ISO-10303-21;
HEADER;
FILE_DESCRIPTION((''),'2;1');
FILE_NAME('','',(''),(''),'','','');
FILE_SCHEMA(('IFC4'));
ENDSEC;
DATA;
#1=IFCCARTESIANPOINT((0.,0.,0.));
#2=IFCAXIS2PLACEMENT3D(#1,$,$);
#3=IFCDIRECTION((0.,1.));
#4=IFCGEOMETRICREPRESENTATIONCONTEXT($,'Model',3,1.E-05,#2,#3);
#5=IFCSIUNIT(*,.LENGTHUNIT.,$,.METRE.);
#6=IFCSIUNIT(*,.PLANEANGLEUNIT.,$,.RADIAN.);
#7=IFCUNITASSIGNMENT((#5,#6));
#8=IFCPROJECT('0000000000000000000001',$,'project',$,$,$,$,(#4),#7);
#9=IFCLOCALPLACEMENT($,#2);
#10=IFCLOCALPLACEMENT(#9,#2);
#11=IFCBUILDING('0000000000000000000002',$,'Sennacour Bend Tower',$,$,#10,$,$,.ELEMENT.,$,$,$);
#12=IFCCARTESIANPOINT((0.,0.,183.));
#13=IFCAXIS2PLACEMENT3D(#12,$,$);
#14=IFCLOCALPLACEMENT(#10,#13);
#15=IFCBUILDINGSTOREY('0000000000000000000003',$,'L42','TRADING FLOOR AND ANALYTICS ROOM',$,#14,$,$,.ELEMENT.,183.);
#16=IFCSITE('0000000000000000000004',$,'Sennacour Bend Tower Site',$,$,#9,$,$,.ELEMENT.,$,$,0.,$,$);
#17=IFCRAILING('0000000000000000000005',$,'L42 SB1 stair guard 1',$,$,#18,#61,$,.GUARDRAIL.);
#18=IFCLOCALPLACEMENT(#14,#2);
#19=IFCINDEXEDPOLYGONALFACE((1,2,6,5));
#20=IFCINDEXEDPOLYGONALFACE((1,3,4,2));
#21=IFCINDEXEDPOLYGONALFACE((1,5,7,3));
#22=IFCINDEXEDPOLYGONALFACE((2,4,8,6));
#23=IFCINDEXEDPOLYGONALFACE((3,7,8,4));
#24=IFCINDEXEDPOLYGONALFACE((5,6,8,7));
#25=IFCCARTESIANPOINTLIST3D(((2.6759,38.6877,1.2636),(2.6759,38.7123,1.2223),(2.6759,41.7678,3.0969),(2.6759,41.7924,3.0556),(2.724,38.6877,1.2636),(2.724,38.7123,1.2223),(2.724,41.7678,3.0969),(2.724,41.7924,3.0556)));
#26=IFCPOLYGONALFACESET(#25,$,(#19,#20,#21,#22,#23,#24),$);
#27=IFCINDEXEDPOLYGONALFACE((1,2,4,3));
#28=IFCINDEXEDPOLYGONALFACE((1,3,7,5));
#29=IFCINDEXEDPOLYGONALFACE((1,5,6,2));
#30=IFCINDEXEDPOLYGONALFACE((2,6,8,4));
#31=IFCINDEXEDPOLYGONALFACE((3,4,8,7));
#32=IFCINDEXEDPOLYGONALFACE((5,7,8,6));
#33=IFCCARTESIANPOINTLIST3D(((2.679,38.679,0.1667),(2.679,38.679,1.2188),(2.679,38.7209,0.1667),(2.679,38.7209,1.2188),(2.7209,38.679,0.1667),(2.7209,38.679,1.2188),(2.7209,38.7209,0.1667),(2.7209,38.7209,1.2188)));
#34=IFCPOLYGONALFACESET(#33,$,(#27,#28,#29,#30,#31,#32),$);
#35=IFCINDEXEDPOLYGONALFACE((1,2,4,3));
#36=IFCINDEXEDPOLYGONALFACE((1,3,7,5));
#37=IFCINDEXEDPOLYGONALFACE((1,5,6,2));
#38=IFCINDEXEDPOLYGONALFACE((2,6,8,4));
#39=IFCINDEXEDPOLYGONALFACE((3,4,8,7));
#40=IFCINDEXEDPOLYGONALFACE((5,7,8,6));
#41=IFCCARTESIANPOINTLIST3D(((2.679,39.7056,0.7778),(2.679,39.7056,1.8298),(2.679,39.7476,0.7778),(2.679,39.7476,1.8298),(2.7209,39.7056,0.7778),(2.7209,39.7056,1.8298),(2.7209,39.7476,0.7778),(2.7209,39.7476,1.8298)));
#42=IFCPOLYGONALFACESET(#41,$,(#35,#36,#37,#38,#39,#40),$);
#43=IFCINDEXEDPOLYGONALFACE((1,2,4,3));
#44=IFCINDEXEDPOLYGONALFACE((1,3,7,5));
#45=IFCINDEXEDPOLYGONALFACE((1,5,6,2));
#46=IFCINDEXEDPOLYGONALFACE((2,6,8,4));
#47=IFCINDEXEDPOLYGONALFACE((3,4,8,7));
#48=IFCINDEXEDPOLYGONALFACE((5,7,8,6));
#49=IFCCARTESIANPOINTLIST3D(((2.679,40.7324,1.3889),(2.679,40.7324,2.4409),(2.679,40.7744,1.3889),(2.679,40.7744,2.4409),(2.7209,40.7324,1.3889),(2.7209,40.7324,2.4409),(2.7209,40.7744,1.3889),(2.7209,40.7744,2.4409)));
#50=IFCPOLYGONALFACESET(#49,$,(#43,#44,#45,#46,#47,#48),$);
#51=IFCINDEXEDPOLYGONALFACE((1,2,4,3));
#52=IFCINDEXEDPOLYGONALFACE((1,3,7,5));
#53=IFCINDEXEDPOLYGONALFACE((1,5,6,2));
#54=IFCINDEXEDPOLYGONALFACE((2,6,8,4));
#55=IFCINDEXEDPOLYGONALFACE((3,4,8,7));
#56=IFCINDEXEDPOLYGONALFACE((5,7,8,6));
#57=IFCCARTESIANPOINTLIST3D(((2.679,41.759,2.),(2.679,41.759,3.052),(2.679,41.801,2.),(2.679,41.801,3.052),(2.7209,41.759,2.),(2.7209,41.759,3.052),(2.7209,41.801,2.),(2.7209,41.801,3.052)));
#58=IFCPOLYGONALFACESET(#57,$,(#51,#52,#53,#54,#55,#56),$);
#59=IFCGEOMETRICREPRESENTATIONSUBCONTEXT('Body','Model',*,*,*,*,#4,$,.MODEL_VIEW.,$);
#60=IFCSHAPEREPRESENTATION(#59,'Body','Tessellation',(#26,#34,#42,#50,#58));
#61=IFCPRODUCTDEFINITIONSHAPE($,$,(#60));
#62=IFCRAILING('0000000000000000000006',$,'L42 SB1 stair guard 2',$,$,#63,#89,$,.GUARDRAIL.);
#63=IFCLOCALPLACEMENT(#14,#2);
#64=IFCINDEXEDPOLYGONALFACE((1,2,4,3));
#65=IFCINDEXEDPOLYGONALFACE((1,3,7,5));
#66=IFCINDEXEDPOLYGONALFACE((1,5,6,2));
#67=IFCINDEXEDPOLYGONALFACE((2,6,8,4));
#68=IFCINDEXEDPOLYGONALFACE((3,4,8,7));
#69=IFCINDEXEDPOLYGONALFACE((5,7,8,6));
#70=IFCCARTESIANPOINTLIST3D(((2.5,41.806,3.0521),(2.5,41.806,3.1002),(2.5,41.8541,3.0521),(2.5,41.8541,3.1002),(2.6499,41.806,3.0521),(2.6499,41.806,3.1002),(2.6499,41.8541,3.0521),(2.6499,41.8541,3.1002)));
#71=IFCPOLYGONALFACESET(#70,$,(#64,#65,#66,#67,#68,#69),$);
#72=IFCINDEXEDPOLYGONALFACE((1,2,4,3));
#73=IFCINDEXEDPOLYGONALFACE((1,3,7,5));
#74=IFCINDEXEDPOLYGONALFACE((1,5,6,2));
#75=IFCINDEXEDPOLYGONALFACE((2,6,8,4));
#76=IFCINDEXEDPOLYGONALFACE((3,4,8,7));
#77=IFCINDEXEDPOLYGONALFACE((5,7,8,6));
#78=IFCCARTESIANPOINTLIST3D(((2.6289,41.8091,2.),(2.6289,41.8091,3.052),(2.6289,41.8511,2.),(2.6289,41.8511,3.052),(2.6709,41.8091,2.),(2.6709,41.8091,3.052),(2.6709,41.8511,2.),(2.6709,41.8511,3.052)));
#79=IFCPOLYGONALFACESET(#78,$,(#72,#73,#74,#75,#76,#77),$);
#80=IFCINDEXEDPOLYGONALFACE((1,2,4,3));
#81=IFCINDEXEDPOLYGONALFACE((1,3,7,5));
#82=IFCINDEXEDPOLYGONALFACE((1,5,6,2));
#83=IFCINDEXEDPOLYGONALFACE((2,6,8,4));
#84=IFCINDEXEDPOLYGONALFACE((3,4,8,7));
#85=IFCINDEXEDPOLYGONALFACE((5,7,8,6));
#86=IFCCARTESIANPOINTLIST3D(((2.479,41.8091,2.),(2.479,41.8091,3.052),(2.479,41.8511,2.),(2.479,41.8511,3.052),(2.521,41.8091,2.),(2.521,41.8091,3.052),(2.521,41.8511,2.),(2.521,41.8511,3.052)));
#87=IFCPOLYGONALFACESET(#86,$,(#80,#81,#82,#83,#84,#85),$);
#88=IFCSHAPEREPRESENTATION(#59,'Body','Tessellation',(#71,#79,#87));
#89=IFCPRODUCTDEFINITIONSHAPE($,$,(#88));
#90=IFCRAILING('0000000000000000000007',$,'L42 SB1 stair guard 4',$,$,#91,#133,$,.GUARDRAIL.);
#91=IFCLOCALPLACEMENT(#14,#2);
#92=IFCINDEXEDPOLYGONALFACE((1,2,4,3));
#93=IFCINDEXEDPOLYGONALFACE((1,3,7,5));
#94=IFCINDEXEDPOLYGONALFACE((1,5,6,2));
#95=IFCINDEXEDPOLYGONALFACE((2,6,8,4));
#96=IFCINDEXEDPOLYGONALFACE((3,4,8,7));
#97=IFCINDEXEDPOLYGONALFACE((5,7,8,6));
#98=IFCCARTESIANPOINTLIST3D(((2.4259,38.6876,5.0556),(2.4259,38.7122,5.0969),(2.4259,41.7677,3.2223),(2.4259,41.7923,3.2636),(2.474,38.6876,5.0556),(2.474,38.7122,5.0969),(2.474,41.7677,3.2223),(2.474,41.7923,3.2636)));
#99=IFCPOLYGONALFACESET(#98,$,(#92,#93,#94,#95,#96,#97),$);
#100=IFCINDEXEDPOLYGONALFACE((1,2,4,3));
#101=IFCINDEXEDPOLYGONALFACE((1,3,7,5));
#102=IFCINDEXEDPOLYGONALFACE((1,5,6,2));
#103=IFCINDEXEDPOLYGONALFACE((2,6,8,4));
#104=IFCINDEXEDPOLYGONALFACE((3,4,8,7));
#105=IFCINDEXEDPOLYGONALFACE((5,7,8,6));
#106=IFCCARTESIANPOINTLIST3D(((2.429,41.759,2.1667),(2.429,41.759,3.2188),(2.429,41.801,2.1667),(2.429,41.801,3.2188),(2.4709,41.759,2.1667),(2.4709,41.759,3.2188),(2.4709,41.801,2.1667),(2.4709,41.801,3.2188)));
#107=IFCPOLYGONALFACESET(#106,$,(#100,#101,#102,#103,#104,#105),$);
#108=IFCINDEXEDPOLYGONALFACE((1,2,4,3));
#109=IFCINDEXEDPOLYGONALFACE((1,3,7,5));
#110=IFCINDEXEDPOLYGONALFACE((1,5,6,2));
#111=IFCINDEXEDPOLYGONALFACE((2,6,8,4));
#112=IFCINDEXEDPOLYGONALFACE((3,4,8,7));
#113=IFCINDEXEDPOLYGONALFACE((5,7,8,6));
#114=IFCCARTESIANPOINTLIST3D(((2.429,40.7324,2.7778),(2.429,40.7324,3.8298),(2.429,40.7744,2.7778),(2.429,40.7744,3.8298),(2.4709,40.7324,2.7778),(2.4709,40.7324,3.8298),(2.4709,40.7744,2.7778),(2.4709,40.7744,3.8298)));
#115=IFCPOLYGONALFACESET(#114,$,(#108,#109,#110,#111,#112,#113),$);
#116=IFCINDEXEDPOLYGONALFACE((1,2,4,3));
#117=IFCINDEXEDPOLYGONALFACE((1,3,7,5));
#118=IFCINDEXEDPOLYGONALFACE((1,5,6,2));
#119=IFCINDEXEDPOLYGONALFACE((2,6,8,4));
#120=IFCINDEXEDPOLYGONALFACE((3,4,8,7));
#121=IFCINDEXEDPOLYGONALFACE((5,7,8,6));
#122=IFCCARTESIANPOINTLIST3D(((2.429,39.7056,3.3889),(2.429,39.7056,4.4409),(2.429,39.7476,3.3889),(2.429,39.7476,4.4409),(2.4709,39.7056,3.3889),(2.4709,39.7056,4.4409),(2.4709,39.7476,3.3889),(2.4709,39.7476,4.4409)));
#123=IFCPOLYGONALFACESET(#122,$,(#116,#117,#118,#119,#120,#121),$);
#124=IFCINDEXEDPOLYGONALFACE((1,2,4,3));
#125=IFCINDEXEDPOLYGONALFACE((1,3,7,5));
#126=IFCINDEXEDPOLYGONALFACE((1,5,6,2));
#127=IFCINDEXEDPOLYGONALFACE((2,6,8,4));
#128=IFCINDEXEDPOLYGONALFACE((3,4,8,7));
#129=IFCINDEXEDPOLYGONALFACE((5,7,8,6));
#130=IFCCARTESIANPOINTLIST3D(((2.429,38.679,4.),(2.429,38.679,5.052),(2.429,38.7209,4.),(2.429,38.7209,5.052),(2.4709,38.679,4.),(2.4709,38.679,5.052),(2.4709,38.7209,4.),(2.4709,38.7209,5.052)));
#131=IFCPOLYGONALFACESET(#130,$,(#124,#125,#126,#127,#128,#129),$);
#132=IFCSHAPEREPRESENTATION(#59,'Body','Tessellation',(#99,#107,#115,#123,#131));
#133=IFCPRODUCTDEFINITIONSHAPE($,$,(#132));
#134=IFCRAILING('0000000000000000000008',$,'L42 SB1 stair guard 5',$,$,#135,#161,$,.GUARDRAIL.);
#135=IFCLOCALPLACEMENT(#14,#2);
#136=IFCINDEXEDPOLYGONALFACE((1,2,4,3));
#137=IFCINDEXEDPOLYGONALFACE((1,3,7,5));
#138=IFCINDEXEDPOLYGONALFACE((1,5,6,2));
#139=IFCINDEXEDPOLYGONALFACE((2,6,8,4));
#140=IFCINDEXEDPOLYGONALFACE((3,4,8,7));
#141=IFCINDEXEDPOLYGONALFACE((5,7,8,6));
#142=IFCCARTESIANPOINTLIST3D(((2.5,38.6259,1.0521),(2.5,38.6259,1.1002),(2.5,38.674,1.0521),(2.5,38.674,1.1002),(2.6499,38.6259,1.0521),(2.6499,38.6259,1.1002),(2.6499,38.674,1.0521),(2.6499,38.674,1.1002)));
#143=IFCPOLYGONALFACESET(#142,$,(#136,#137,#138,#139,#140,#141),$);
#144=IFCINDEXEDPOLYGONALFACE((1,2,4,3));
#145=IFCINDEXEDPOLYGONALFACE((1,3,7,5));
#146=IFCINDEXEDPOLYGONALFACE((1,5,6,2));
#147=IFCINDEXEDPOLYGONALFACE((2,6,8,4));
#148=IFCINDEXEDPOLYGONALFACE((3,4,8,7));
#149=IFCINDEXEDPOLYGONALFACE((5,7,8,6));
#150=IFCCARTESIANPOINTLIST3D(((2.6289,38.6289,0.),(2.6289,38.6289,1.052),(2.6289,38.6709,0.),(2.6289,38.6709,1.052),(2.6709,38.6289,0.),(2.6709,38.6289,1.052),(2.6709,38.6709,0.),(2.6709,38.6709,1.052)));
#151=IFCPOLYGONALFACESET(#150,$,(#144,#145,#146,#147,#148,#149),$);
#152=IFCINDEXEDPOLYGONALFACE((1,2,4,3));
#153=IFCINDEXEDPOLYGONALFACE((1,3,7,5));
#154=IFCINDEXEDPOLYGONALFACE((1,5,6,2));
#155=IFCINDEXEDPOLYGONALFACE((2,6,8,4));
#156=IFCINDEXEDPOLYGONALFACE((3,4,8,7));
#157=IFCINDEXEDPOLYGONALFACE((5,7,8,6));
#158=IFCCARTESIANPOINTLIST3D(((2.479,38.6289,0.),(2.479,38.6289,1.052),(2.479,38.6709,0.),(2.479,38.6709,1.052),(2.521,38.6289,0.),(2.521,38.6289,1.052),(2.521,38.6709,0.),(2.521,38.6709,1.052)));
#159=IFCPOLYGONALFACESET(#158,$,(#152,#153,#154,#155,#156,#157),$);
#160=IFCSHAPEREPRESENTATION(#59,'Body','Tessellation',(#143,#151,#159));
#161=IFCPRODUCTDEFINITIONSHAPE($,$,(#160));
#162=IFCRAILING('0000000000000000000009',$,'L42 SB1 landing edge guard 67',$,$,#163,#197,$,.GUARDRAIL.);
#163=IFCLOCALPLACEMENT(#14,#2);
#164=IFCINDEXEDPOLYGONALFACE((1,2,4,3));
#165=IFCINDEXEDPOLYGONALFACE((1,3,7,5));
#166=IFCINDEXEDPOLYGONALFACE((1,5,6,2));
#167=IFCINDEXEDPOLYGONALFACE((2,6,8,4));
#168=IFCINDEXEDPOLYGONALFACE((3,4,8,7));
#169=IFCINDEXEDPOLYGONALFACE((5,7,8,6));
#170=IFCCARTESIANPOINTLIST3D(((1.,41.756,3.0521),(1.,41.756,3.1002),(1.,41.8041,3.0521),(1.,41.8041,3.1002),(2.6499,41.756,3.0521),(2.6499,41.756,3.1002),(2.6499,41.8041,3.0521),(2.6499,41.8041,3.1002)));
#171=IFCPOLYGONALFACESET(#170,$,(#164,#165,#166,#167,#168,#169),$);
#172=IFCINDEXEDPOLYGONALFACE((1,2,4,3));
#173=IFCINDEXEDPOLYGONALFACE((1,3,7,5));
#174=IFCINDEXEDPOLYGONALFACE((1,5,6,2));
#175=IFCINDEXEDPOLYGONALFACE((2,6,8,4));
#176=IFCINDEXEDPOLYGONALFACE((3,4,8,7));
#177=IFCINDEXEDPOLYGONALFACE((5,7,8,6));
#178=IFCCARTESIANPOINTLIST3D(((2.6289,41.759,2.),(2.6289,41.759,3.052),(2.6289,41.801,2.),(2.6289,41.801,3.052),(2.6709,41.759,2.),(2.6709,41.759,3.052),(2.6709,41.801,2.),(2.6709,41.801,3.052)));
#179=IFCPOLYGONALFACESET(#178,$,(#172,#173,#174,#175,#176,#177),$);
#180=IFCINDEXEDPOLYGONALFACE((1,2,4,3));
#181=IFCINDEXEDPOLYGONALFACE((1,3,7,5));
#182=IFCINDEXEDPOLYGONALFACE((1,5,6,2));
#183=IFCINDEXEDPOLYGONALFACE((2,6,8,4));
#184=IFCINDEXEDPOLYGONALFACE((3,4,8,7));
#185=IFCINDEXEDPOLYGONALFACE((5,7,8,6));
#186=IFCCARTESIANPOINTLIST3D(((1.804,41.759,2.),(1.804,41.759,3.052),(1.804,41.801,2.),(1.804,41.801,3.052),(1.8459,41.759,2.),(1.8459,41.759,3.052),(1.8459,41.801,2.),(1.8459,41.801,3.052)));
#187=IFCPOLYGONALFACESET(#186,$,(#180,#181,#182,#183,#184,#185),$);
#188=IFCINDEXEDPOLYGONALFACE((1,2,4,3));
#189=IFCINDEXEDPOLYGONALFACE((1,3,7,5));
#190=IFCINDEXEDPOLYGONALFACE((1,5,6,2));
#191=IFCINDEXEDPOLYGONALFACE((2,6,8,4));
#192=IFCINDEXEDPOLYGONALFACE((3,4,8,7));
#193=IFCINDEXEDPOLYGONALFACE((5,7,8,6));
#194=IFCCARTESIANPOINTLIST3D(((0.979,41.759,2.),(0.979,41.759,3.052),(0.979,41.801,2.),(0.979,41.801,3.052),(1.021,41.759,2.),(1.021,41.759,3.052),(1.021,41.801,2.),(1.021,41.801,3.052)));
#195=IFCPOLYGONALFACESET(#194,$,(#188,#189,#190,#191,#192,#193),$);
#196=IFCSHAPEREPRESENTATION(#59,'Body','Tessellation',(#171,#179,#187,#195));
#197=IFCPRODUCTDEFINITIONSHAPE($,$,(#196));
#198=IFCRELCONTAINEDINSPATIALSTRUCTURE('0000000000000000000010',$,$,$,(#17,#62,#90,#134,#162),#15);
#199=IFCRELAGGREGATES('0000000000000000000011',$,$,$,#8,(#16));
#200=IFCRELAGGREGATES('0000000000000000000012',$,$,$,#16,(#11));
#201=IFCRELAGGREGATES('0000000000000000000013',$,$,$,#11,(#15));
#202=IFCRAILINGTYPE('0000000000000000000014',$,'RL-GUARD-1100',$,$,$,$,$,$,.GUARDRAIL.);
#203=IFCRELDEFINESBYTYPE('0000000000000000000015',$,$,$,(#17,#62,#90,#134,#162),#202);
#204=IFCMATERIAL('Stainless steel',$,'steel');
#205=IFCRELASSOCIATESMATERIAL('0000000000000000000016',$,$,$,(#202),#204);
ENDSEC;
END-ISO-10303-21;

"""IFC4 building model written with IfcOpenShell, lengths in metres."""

from ifc_helpers import new_model, si_unit, direction, frame, origin, origin_2d, place, context, subcontext, project, spatial, rectangle, extrude, material, type_object, element, save


model = new_model("IFC4")

# Units and contexts
model_context = context("Model", 3, precision=1e-05, world=origin(), true_north=direction((0.0, 1.0)))
body_context = subcontext(model_context, "Body", "Model", "MODEL_VIEW")
ifc_project = project(units=[si_unit("LENGTHUNIT", "METRE"), si_unit("PLANEANGLEUNIT", "RADIAN")], contexts=[model_context])

# Site, building, storey
site_placement = place(None, origin())
site = spatial("IfcSite", under=ifc_project, at=site_placement, Name="Sennacour Bend Tower Site", CompositionType="ELEMENT", RefElevation=0.0)
building_placement = place(site_placement, origin())
building = spatial("IfcBuilding", under=site, at=building_placement, Name="Sennacour Bend Tower", CompositionType="ELEMENT")
storey_placement = place(building_placement, frame((0.0, 0.0, 183.0)))
storey = spatial("IfcBuildingStorey", under=building, at=storey_placement, Name="L42", Description="TRADING FLOOR AND ANALYTICS ROOM", CompositionType="ELEMENT", Elevation=183.0)

# Shared definitions
ifc_material_1 = material(Name="Stainless steel", Category="steel")

# Railings
railing_type_1 = type_object("IfcRailingType", Name="RL-GUARD-1100", PredefinedType="GUARDRAIL", material=ifc_material_1)
railing_1_placement = place(storey_placement, frame((2.7, 38.7, 0.1667)))
element("IfcRailing", 1, at=railing_1_placement, inside=storey, type_object=railing_type_1, Name="L42 SB1 stair guard 1", PredefinedType="GUARDRAIL", context=body_context, shape_type="SweptSolid", body=[
    extrude(rectangle(XDim=0.0481, YDim=0.0481, at=origin_2d()), frame((0.0, 0.0, 1.0762), z_axis=(0.0, 0.859309, 0.511458), x_axis=(-1.0, 0.0, 0.0)), (0.0, 0.0, 1.0), 3.5845),
    extrude(rectangle(XDim=0.042, YDim=0.042, at=origin_2d()), origin(), (0.0, 0.0, 1.0), 1.052),
    extrude(rectangle(XDim=0.042, YDim=0.042, at=origin_2d()), frame((0.0, 1.0266, 0.6111)), (0.0, 0.0, 1.0), 1.052),
    extrude(rectangle(XDim=0.042, YDim=0.042, at=origin_2d()), frame((0.0, 2.0535, 1.2222)), (0.0, 0.0, 1.0), 1.052),
    extrude(rectangle(XDim=0.042, YDim=0.042, at=origin_2d()), frame((0.0, 3.0801, 1.8333)), (0.0, 0.0, 1.0), 1.052),
])
railing_2_placement = place(storey_placement, frame((2.6499, 41.8301, 2.0)))
element("IfcRailing", 2, at=railing_2_placement, inside=storey, type_object=railing_type_1, Name="L42 SB1 stair guard 2", PredefinedType="GUARDRAIL", context=body_context, shape_type="SweptSolid", body=[
    extrude(rectangle(XDim=0.0481, YDim=0.0481, at=origin_2d()), frame((0.0, 0.0, 1.0762), z_axis=(-1.0, 0.0, 0.0), x_axis=(0.0, -1.0, 0.0)), (0.0, 0.0, 1.0), 0.1499),
    extrude(rectangle(XDim=0.042, YDim=0.042, at=origin_2d()), origin(), (0.0, 0.0, 1.0), 1.052),
    extrude(rectangle(XDim=0.042, YDim=0.042, at=origin_2d()), frame((-0.1499, 0.0, 0.0)), (0.0, 0.0, 1.0), 1.052),
])
railing_3_placement = place(storey_placement, frame((2.45, 41.78, 2.1667)))
element("IfcRailing", 3, at=railing_3_placement, inside=storey, type_object=railing_type_1, Name="L42 SB1 stair guard 4", PredefinedType="GUARDRAIL", context=body_context, shape_type="SweptSolid", body=[
    extrude(rectangle(XDim=0.0481, YDim=0.0481, at=origin_2d()), frame((0.0, 0.0, 1.0762), z_axis=(0.0, -0.859309, 0.511458), x_axis=(1.0, 0.0, 0.0)), (0.0, 0.0, 1.0), 3.5845),
    extrude(rectangle(XDim=0.042, YDim=0.042, at=origin_2d()), origin(), (0.0, 0.0, 1.0), 1.052),
    extrude(rectangle(XDim=0.042, YDim=0.042, at=origin_2d()), frame((0.0, -1.0266, 0.6111)), (0.0, 0.0, 1.0), 1.052),
    extrude(rectangle(XDim=0.042, YDim=0.042, at=origin_2d()), frame((0.0, -2.0535, 1.2222)), (0.0, 0.0, 1.0), 1.052),
    extrude(rectangle(XDim=0.042, YDim=0.042, at=origin_2d()), frame((0.0, -3.0801, 1.8333)), (0.0, 0.0, 1.0), 1.052),
])
railing_4_placement = place(storey_placement, frame((2.6499, 38.6499, 0.0)))
element("IfcRailing", 4, at=railing_4_placement, inside=storey, type_object=railing_type_1, Name="L42 SB1 stair guard 5", PredefinedType="GUARDRAIL", context=body_context, shape_type="SweptSolid", body=[
    extrude(rectangle(XDim=0.0481, YDim=0.0481, at=origin_2d()), frame((0.0, 0.0, 1.0762), z_axis=(-1.0, 0.0, 0.0), x_axis=(0.0, -1.0, 0.0)), (0.0, 0.0, 1.0), 0.1499),
    extrude(rectangle(XDim=0.042, YDim=0.042, at=origin_2d()), origin(), (0.0, 0.0, 1.0), 1.052),
    extrude(rectangle(XDim=0.042, YDim=0.042, at=origin_2d()), frame((-0.1499, 0.0, 0.0)), (0.0, 0.0, 1.0), 1.052),
])
railing_5_placement = place(storey_placement, frame((2.6499, 41.78, 2.0)))
element("IfcRailing", 5, at=railing_5_placement, inside=storey, type_object=railing_type_1, Name="L42 SB1 landing edge guard 67", PredefinedType="GUARDRAIL", context=body_context, shape_type="SweptSolid", body=[
    extrude(rectangle(XDim=0.0481, YDim=0.0481, at=origin_2d()), frame((0.0, 0.0, 1.0762), z_axis=(-1.0, 0.0, 0.0), x_axis=(0.0, -1.0, 0.0)), (0.0, 0.0, 1.0), 1.6499),
    extrude(rectangle(XDim=0.042, YDim=0.042, at=origin_2d()), origin(), (0.0, 0.0, 1.0), 1.052),
    extrude(rectangle(XDim=0.042, YDim=0.042, at=origin_2d()), frame((-0.825, 0.0, 0.0)), (0.0, 0.0, 1.0), 1.052),
    extrude(rectangle(XDim=0.042, YDim=0.042, at=origin_2d()), frame((-1.6499, 0.0, 0.0)), (0.0, 0.0, 1.0), 1.052),
])

save(model, "model.ifc")
